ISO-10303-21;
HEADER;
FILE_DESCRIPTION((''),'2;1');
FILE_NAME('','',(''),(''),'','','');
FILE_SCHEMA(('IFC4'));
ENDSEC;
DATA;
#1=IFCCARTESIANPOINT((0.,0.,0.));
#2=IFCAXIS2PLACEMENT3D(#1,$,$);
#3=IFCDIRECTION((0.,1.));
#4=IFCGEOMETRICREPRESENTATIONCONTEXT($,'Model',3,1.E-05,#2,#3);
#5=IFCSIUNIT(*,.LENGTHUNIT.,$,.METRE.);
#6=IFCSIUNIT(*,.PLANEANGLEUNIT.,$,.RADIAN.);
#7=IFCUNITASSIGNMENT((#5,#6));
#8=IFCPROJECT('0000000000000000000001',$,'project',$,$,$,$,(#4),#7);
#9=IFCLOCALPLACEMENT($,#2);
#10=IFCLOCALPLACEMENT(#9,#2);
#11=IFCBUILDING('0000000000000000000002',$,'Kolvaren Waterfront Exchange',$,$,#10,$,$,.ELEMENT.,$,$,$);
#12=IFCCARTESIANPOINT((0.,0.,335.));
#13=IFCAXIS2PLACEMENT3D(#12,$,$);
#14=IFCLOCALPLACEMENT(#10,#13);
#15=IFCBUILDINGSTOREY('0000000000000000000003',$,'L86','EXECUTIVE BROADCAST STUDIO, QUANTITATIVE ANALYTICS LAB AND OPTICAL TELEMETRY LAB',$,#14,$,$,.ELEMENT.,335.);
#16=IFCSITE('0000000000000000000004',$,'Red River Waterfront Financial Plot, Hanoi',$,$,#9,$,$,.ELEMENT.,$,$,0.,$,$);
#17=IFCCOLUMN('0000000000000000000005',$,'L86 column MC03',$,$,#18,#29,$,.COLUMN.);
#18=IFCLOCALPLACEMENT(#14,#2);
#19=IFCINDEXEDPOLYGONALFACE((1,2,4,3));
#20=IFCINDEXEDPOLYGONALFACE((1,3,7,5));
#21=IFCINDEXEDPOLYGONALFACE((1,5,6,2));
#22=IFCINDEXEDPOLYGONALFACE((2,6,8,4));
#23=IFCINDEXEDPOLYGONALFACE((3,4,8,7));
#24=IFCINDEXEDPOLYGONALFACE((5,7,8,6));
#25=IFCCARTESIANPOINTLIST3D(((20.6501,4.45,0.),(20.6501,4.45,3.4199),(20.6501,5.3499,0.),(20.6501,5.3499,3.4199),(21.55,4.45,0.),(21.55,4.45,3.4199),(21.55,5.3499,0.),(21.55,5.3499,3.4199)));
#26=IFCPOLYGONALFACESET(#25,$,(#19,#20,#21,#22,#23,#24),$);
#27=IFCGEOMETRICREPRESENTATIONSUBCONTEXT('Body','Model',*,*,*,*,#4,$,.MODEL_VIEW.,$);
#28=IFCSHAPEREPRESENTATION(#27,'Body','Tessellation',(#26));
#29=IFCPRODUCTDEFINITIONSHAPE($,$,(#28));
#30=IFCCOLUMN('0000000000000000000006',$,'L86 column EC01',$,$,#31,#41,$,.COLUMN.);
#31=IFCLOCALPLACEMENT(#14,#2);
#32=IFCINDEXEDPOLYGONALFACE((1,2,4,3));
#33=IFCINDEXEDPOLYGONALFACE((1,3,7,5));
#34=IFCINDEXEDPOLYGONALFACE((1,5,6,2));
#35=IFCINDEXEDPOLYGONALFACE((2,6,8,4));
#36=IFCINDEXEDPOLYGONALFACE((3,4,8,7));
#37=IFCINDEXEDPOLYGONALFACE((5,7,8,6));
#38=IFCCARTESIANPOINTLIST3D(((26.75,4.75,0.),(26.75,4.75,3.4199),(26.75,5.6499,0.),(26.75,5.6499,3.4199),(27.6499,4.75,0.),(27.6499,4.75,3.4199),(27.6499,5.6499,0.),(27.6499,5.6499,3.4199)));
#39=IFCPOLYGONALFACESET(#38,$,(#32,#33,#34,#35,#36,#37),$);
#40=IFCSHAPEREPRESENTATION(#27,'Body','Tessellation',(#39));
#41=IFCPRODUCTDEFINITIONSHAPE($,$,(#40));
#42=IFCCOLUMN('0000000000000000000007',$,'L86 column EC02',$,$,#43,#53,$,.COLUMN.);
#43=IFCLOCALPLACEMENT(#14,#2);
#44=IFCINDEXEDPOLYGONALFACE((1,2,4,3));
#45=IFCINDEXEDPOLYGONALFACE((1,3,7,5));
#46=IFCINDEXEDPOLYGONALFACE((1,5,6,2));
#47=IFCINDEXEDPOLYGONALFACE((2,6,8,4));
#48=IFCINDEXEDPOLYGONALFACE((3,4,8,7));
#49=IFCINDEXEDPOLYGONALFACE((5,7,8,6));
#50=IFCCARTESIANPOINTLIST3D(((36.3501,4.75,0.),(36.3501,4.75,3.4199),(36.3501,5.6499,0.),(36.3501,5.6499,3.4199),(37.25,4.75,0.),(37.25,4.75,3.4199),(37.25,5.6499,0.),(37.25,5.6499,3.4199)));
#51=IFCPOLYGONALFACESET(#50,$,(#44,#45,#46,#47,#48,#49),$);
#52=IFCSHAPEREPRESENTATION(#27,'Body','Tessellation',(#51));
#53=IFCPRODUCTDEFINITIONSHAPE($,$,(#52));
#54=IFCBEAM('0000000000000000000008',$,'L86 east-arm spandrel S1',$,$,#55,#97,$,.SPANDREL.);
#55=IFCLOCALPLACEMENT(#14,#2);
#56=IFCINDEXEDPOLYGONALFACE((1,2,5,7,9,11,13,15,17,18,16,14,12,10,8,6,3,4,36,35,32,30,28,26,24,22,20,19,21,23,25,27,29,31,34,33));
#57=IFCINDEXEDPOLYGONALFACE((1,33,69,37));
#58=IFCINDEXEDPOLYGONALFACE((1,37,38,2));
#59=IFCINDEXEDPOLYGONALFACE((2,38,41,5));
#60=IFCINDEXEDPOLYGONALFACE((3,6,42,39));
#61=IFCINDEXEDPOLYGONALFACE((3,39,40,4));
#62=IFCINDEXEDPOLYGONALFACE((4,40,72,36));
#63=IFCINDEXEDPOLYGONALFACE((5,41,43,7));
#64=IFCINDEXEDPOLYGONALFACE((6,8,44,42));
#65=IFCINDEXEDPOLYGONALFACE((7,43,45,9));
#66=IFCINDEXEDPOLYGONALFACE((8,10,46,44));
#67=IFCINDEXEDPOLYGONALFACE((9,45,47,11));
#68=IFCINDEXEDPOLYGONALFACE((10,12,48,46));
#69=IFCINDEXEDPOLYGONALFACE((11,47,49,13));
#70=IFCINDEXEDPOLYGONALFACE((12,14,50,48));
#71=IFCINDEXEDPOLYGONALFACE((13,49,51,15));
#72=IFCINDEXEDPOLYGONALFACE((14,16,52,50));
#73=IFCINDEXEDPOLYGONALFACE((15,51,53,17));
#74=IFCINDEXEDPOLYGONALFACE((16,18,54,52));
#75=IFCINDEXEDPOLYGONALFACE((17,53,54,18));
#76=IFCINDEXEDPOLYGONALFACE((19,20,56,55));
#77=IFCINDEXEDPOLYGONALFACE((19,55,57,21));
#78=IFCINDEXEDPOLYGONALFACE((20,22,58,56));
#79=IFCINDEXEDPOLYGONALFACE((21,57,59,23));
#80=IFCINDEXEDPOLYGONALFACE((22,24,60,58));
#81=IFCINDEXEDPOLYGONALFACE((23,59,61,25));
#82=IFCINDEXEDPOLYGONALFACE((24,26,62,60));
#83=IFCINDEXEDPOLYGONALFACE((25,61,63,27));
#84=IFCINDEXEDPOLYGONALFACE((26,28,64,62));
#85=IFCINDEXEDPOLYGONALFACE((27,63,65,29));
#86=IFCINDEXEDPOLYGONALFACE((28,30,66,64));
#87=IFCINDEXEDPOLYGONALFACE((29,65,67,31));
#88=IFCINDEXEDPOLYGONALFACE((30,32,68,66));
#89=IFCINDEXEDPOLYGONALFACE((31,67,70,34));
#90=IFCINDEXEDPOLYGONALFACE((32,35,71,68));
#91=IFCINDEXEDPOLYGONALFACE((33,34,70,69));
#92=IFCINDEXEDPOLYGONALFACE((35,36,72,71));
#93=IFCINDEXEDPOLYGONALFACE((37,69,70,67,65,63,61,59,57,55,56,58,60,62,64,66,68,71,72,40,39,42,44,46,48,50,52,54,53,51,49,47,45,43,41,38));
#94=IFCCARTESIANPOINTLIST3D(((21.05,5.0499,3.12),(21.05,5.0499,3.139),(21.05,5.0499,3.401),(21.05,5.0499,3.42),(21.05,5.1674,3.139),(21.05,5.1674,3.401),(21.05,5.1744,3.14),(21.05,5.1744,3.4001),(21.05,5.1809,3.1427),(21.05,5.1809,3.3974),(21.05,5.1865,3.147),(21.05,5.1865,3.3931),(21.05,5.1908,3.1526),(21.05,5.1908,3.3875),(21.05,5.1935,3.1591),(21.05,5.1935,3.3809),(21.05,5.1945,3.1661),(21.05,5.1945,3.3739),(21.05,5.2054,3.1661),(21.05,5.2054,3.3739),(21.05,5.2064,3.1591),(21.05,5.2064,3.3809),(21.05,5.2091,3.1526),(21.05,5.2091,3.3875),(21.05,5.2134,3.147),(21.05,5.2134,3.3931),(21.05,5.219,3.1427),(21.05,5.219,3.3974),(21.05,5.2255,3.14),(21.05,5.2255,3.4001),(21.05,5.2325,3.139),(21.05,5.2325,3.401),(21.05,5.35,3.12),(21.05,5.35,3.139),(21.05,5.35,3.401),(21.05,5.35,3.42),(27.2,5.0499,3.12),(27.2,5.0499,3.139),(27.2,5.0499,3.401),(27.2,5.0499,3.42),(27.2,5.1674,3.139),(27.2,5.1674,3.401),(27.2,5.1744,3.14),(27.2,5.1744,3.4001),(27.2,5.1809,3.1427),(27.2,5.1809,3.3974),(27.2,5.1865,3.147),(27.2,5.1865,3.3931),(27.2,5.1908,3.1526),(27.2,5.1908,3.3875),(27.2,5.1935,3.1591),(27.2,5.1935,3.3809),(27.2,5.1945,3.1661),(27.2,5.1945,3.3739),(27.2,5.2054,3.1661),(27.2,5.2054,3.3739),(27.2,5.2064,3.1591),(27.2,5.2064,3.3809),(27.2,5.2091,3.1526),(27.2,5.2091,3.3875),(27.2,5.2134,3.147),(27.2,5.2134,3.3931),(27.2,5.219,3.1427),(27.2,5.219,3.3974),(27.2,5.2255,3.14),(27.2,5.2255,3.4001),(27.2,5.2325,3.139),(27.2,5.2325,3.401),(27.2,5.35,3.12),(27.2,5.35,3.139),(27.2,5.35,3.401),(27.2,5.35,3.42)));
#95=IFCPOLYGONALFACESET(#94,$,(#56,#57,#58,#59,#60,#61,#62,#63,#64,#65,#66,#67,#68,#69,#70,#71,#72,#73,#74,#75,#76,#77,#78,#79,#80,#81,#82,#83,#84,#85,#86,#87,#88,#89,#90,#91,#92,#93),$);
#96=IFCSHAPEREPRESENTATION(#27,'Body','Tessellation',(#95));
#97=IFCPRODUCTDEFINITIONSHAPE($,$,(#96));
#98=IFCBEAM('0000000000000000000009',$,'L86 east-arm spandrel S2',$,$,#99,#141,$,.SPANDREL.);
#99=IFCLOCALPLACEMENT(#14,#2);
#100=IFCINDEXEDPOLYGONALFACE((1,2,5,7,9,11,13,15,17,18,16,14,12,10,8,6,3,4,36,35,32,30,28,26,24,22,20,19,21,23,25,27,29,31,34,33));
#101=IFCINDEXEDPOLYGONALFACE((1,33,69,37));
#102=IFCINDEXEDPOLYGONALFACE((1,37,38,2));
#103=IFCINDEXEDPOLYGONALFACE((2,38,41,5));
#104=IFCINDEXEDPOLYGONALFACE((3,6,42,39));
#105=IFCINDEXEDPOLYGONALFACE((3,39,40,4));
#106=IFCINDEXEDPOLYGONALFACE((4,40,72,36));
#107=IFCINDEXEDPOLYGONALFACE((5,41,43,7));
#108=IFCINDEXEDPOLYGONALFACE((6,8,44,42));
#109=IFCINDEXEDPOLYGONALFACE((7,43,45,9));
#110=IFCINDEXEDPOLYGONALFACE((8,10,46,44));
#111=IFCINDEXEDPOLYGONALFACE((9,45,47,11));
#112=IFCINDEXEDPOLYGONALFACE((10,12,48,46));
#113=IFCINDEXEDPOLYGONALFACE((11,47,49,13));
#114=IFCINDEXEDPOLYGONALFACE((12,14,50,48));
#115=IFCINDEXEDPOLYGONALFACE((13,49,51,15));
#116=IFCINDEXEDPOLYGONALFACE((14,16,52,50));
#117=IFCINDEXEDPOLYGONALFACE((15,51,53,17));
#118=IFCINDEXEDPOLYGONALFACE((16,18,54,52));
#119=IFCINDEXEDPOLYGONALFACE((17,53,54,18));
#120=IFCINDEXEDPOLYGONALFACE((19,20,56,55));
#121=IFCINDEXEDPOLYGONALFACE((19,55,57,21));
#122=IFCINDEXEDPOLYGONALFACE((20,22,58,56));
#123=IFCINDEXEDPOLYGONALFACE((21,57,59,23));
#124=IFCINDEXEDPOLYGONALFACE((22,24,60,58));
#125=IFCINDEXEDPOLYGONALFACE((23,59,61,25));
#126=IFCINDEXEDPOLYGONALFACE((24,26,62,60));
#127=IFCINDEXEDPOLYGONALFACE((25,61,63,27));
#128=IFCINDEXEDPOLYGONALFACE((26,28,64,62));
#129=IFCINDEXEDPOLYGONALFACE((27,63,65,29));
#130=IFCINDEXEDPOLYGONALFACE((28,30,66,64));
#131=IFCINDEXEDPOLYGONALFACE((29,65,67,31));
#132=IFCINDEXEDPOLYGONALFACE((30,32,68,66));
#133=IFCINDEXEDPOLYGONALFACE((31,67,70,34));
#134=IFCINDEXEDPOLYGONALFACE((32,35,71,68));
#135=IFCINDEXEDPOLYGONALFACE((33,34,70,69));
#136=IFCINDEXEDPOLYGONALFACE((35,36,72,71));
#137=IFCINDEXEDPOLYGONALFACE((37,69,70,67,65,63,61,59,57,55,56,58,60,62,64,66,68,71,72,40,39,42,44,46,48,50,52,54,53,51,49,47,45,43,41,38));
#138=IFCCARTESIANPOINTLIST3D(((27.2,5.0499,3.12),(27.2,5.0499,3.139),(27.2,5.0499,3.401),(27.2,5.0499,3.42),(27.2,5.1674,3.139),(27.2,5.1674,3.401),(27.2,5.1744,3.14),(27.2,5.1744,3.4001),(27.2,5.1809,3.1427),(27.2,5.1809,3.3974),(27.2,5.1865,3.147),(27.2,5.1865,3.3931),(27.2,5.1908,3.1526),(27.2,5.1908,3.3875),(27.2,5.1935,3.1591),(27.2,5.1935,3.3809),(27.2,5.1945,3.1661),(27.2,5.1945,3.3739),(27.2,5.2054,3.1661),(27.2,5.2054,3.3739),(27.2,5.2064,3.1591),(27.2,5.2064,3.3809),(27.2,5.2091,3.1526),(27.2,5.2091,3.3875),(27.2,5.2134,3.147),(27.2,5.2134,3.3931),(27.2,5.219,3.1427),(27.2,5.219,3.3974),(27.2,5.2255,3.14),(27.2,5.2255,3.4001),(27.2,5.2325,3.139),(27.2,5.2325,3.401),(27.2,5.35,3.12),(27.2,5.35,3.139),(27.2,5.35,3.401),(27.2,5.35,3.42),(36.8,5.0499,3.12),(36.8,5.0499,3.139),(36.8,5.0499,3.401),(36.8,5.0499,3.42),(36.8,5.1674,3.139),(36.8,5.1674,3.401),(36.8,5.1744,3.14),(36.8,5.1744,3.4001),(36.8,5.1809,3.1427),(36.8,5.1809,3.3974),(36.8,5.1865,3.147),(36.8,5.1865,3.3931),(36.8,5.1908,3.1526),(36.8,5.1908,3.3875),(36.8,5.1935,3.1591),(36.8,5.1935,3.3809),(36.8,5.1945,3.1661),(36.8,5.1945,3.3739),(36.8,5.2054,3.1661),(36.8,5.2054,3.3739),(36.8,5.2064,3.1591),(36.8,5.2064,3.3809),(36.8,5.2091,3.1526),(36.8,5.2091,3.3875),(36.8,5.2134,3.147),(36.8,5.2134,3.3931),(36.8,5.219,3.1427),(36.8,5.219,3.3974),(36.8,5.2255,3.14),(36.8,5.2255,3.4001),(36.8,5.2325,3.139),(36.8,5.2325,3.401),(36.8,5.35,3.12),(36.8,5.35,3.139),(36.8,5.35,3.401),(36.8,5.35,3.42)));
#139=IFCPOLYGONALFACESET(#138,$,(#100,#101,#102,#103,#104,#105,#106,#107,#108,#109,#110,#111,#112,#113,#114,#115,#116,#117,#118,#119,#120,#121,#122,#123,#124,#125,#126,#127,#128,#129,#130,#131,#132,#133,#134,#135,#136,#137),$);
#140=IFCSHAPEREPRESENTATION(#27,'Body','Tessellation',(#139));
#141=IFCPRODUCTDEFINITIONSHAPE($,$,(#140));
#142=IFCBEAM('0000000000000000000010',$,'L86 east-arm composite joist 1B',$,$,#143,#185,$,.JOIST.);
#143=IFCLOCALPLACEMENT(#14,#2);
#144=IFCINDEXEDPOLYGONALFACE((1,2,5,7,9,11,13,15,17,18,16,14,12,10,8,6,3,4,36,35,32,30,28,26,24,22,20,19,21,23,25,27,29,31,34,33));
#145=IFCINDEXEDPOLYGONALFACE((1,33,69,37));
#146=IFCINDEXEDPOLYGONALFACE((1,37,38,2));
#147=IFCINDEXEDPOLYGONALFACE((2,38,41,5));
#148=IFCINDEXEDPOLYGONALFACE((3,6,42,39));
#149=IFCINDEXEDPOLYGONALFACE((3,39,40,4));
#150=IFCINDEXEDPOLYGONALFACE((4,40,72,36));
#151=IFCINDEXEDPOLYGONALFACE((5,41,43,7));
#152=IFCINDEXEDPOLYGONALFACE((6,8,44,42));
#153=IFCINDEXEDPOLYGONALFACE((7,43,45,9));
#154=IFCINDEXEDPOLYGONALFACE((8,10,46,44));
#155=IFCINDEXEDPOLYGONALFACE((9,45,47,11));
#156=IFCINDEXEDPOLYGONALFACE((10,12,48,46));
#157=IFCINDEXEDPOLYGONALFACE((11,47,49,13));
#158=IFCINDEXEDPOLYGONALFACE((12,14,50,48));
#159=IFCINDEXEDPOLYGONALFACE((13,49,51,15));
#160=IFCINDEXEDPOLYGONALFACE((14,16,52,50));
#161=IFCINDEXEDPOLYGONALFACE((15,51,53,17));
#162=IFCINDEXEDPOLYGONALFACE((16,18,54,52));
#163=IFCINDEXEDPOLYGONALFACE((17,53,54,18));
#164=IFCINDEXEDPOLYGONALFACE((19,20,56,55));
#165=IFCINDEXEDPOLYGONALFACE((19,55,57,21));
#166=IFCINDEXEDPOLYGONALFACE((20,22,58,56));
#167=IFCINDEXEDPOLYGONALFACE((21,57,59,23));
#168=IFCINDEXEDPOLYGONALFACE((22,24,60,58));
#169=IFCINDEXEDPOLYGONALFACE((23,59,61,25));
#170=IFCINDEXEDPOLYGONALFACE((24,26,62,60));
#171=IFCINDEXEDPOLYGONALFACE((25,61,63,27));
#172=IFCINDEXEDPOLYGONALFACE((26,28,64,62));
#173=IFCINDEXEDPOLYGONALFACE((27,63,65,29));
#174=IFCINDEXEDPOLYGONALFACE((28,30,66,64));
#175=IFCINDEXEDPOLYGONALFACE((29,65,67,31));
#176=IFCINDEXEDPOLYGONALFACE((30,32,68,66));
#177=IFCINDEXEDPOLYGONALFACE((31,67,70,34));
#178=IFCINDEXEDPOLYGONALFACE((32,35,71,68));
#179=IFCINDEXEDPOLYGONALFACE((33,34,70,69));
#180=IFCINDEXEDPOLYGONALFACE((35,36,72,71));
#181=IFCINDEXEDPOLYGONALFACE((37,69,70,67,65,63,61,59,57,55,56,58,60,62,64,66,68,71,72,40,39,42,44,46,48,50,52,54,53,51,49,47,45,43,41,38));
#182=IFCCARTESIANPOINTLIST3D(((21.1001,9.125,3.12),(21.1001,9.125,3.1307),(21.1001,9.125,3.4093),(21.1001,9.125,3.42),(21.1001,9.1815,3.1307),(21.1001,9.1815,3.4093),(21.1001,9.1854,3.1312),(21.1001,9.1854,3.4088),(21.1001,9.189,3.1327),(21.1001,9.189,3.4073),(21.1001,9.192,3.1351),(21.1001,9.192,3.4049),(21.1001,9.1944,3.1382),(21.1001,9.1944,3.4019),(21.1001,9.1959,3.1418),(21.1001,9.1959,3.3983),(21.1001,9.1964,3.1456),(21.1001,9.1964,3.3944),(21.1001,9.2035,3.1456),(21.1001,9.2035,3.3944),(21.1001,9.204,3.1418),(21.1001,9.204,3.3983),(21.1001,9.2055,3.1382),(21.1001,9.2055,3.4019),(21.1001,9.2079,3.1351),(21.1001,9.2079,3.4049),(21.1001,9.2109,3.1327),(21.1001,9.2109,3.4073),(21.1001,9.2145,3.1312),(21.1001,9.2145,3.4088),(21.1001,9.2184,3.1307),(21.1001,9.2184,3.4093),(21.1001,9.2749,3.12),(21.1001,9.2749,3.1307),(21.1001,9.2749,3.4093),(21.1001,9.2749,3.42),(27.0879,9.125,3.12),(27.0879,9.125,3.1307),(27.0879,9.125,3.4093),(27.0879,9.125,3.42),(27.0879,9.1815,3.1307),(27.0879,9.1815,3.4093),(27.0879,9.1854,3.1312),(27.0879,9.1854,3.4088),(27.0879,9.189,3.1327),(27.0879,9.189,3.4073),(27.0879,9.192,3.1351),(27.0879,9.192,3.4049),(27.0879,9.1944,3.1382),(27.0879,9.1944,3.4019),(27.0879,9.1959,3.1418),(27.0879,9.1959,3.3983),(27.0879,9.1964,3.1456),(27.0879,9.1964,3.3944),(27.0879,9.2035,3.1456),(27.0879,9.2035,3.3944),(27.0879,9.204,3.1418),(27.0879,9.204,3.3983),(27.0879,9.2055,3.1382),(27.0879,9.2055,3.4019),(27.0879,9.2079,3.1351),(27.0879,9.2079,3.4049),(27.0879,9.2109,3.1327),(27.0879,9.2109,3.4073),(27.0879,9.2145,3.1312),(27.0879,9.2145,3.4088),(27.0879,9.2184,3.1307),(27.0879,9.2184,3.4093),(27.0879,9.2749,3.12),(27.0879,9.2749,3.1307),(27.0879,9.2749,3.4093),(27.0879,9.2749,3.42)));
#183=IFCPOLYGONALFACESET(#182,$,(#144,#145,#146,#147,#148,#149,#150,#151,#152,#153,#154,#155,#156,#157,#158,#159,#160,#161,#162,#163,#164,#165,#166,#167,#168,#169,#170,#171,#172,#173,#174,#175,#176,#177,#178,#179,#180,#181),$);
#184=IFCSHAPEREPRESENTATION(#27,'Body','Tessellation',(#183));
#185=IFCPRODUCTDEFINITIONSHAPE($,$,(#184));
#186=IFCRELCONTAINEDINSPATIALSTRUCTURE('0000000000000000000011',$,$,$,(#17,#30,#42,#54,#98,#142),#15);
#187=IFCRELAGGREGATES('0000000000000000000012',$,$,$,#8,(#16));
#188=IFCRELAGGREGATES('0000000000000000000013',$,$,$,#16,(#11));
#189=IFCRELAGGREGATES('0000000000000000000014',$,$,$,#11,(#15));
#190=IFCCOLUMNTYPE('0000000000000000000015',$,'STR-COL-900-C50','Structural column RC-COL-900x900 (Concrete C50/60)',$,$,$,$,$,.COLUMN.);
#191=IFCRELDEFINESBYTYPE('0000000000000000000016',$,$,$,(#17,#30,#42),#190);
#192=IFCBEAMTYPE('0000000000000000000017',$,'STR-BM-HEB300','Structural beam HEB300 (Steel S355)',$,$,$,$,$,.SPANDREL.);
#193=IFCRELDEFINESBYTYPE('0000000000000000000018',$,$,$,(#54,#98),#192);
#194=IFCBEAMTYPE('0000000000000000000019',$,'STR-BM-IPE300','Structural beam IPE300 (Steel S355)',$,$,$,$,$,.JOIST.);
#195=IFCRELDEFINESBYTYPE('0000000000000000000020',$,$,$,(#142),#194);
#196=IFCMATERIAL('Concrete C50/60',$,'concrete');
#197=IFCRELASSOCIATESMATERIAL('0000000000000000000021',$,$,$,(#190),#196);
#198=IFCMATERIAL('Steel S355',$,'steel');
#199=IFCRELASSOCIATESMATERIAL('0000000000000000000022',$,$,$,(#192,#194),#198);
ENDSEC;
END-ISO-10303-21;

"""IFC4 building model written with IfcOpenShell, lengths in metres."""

from ifc_helpers import new_model, si_unit, direction, frame, origin, origin_2d, place, context, subcontext, project, spatial, rectangle, i_section, extrude, material, material_profile, profile_set, type_object, element, save


model = new_model("IFC4")

# Units and contexts
model_context = context("Model", 3, precision=1e-05, world=origin(), true_north=direction((0.0, 1.0)))
body_context = subcontext(model_context, "Body", "Model", "MODEL_VIEW")
ifc_project = project(units=[si_unit("LENGTHUNIT", "METRE"), si_unit("PLANEANGLEUNIT", "RADIAN")], contexts=[model_context])

# Site, building, storey
site_placement = place(None, origin())
site = spatial("IfcSite", under=ifc_project, at=site_placement, Name="Red River Waterfront Financial Plot, Hanoi", CompositionType="ELEMENT", RefElevation=0.0)
building_placement = place(site_placement, origin())
building = spatial("IfcBuilding", under=site, at=building_placement, Name="Kolvaren Waterfront Exchange", CompositionType="ELEMENT")
storey_placement = place(building_placement, frame((0.0, 0.0, 335.0)))
storey = spatial("IfcBuildingStorey", under=building, at=storey_placement, Name="L86", Description="EXECUTIVE BROADCAST STUDIO, QUANTITATIVE ANALYTICS LAB AND OPTICAL TELEMETRY LAB", CompositionType="ELEMENT", Elevation=335.0)

# Columns
ifc_material_1 = material(Name="Concrete C50/60", Category="concrete")
ifc_material_profile_1 = material_profile(ifc_material_1, rectangle(XDim=0.8999, YDim=0.8999, at=origin_2d()), Name="RC-COL-900x900")
ifc_profile_set_1 = profile_set([ifc_material_profile_1], Name="Concrete C50/60")
column_type = type_object("IfcColumnType", Name="STR-COL-900-C50", Description="Structural column RC-COL-900x900 (Concrete C50/60)", PredefinedType="COLUMN", material=ifc_profile_set_1)
for number, where, z_axis, x_axis, name in (
    (1, (21.1001, 4.8999, 0.0), (0.0, 0.0, 1.0), (1.0, 0.0, 0.0), "L86 column MC03"),
    (2, (27.2, 5.2, 0.0), (0.0, 0.0, 1.0), (1.0, 0.0, 0.0), "L86 column EC01"),
    (3, (36.8, 5.2, 0.0), (0.0, 0.0, 1.0), (1.0, 0.0, 0.0), "L86 column EC02"),
):
    element("IfcColumn", number, at=place(storey_placement, frame(where, z_axis=z_axis, x_axis=x_axis)), inside=storey, type_object=column_type, Name=name, PredefinedType="COLUMN", context=body_context, shape_type="SweptSolid", body=[
        extrude(rectangle(XDim=0.8999, YDim=0.8999, at=origin_2d()), origin(), (0.0, 0.0, 1.0), 3.4199),
    ])

# Beams
ifc_material_2 = material(Name="Steel S355", Category="steel")
ifc_material_profile_2 = material_profile(ifc_material_2, i_section(OverallWidth=0.3, OverallDepth=0.3, WebThickness=0.011, FlangeThickness=0.019, FilletRadius=0.0271, at=origin_2d()), Name="HEB300")
ifc_profile_set_2 = profile_set([ifc_material_profile_2], Name="Steel S355")
beam_type_1 = type_object("IfcBeamType", Name="STR-BM-HEB300", Description="Structural beam HEB300 (Steel S355)", PredefinedType="SPANDREL", material=ifc_profile_set_2)
beam_1_placement = place(storey_placement, frame((21.05, 5.2, 3.27), z_axis=(1.0, 0.0, 0.0), x_axis=(0.0, 1.0, 0.0)))
element("IfcBeam", 4, at=beam_1_placement, inside=storey, type_object=beam_type_1, Name="L86 east-arm spandrel S1", PredefinedType="SPANDREL", context=body_context, shape_type="SweptSolid", body=[
    extrude(i_section(OverallWidth=0.3, OverallDepth=0.3, WebThickness=0.011, FlangeThickness=0.019, FilletRadius=0.0271, at=origin_2d()), origin(), (0.0, 0.0, 1.0), 6.1499),
])
beam_2_placement = place(storey_placement, frame((27.2, 5.2, 3.27), z_axis=(1.0, 0.0, 0.0), x_axis=(0.0, 1.0, 0.0)))
element("IfcBeam", 5, at=beam_2_placement, inside=storey, type_object=beam_type_1, Name="L86 east-arm spandrel S2", PredefinedType="SPANDREL", context=body_context, shape_type="SweptSolid", body=[
    extrude(i_section(OverallWidth=0.3, OverallDepth=0.3, WebThickness=0.011, FlangeThickness=0.019, FilletRadius=0.0271, at=origin_2d()), origin(), (0.0, 0.0, 1.0), 9.6001),
])
ifc_material_profile_3 = material_profile(ifc_material_2, i_section(OverallWidth=0.1499, OverallDepth=0.3, WebThickness=0.0071, FlangeThickness=0.0107, FilletRadius=0.0149, at=origin_2d()), Name="IPE300")
ifc_profile_set_3 = profile_set([ifc_material_profile_3], Name="Steel S355")
beam_type_2 = type_object("IfcBeamType", Name="STR-BM-IPE300", Description="Structural beam IPE300 (Steel S355)", PredefinedType="JOIST", material=ifc_profile_set_3)
beam_3_placement = place(storey_placement, frame((21.1001, 9.2, 3.27), z_axis=(1.0, 0.0, 0.0), x_axis=(0.0, 1.0, 0.0)))
element("IfcBeam", 6, at=beam_3_placement, inside=storey, type_object=beam_type_2, Name="L86 east-arm composite joist 1B", PredefinedType="JOIST", context=body_context, shape_type="SweptSolid", body=[
    extrude(i_section(OverallWidth=0.1499, OverallDepth=0.3, WebThickness=0.0071, FlangeThickness=0.0107, FilletRadius=0.0149, at=origin_2d()), origin(), (0.0, 0.0, 1.0), 5.9878),
])

save(model, "model.ifc")
